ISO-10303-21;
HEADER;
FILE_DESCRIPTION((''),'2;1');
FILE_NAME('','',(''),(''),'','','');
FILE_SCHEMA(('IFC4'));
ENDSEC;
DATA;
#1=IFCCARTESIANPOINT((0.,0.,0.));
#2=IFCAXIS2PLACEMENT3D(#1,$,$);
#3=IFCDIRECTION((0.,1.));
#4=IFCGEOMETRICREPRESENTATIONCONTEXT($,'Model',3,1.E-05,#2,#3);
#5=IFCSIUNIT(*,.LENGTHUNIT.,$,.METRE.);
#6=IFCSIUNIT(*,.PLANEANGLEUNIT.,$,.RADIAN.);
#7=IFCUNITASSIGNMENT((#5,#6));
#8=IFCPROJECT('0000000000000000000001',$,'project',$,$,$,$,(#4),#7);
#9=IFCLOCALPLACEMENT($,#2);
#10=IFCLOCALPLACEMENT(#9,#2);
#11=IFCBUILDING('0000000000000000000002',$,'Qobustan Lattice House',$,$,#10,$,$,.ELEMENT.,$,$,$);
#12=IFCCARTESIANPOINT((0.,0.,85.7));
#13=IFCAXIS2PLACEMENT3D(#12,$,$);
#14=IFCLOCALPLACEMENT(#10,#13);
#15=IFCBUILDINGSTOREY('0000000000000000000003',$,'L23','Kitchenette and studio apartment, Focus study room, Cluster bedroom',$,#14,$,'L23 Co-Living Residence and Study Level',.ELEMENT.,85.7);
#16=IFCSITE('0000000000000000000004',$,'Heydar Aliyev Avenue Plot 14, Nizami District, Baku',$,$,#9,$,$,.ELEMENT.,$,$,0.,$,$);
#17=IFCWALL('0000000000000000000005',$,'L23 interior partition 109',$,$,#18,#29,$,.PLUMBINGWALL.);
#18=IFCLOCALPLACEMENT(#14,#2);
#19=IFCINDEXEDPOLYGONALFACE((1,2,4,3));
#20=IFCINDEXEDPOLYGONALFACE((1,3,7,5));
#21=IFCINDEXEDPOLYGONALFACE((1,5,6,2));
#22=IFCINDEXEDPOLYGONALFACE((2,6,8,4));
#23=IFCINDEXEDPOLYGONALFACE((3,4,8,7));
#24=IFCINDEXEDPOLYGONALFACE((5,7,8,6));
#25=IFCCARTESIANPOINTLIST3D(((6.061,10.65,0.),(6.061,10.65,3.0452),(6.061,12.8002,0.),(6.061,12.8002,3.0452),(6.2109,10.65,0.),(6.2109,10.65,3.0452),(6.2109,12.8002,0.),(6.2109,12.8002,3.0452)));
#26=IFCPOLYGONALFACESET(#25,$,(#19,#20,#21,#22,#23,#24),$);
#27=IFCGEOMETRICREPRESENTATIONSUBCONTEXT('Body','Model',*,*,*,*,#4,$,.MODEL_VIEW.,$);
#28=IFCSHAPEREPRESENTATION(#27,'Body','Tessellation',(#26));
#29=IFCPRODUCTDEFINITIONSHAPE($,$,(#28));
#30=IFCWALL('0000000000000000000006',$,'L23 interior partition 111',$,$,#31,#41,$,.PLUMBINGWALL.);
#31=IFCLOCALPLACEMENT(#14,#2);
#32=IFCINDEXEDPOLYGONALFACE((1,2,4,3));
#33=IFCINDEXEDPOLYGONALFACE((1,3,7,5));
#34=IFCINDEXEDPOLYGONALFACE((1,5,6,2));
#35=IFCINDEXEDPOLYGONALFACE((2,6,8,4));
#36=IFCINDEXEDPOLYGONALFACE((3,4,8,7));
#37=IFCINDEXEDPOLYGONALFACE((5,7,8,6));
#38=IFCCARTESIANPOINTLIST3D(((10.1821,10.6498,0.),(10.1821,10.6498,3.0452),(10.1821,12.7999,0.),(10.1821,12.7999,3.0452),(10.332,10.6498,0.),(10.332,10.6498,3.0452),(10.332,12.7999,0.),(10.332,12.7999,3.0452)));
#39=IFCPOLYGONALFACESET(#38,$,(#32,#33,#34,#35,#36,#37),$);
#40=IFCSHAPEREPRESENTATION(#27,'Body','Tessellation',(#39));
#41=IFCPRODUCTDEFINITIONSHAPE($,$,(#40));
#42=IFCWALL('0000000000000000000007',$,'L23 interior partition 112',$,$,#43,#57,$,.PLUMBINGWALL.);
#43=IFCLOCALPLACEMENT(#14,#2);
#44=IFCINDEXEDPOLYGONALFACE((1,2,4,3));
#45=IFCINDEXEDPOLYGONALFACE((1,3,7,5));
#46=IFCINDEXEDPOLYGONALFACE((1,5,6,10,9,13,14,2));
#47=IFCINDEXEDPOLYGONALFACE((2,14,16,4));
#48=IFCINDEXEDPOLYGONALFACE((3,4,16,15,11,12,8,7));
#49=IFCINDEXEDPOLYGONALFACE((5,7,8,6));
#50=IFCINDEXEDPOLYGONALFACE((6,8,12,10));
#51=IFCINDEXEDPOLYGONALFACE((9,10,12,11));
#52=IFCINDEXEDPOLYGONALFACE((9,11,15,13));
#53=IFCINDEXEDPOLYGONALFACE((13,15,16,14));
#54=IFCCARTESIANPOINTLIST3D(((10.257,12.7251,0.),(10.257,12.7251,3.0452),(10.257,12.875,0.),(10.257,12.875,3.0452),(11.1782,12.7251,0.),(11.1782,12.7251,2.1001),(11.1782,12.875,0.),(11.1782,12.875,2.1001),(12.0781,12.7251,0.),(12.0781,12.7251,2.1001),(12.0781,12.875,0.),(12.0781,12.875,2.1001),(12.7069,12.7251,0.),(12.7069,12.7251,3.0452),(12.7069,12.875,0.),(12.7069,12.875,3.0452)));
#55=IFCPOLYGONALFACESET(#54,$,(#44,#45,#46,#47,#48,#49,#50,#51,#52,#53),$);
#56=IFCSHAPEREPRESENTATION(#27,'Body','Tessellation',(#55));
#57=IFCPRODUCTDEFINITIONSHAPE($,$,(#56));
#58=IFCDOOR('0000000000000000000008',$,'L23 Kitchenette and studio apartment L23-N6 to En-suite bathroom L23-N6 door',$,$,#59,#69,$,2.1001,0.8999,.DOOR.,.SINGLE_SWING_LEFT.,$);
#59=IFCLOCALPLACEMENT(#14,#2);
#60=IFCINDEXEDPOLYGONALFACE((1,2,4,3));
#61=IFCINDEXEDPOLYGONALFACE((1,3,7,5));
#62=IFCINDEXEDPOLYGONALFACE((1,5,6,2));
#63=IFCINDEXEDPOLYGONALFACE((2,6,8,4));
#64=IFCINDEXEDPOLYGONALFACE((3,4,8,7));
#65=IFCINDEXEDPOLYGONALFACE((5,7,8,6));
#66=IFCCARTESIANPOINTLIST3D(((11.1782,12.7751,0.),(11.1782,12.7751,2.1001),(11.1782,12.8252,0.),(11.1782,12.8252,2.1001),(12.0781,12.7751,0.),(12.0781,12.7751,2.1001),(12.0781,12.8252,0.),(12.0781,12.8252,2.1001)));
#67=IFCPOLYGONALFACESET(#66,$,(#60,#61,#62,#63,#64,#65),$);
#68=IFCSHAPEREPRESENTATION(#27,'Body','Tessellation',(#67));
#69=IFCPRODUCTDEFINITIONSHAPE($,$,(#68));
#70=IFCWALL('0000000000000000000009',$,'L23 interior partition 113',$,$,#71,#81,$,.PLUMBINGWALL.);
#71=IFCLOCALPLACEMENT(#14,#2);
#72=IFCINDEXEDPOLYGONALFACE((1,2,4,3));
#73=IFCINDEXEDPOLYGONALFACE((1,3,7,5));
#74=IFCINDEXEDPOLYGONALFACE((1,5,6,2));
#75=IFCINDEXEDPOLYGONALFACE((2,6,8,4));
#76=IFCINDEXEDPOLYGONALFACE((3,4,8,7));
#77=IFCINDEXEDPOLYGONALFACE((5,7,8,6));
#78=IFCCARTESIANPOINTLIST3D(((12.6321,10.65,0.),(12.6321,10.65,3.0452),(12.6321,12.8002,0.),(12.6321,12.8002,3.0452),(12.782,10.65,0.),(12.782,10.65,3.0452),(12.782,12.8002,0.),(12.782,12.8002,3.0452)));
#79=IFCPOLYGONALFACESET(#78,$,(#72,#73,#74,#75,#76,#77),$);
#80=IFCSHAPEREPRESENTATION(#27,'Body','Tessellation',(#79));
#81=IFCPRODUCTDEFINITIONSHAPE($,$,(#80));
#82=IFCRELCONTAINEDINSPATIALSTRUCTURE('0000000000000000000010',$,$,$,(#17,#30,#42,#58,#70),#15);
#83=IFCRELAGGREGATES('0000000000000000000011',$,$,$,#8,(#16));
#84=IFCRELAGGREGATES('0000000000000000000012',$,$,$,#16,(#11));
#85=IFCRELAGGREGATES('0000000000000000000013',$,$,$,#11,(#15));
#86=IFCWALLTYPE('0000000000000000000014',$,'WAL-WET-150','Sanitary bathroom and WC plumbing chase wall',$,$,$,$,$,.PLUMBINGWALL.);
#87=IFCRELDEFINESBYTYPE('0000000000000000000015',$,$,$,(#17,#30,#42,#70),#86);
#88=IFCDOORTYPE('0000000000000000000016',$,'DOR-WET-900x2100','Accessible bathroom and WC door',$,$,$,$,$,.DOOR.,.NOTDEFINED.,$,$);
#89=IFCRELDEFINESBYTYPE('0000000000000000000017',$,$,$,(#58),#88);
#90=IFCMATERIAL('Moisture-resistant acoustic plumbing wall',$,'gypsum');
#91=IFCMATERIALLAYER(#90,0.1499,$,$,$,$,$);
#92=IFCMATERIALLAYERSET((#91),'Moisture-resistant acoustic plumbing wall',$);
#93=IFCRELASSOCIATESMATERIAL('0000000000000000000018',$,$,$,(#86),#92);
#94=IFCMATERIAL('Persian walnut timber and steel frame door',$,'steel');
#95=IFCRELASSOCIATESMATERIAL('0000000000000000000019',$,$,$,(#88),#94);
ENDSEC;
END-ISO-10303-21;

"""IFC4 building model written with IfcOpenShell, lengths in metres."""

from ifc_helpers import new_model, si_unit, direction, frame, frame_2d, origin, place, context, subcontext, project, spatial, rectangle, extrude, material, layer, layer_set, type_object, element, fill, save


model = new_model("IFC4")

# Units and contexts
model_context = context("Model", 3, precision=1e-05, world=origin(), true_north=direction((0.0, 1.0)))
body_context = subcontext(model_context, "Body", "Model", "MODEL_VIEW")
ifc_project = project(units=[si_unit("LENGTHUNIT", "METRE"), si_unit("PLANEANGLEUNIT", "RADIAN")], contexts=[model_context])

# Site, building, storey
site_placement = place(None, origin())
site = spatial("IfcSite", under=ifc_project, at=site_placement, Name="Heydar Aliyev Avenue Plot 14, Nizami District, Baku", CompositionType="ELEMENT", RefElevation=0.0)
building_placement = place(site_placement, origin())
building = spatial("IfcBuilding", under=site, at=building_placement, Name="Qobustan Lattice House", CompositionType="ELEMENT")
storey_placement = place(building_placement, frame((0.0, 0.0, 85.7)))
storey = spatial("IfcBuildingStorey", under=building, at=storey_placement, Name="L23", Description="Kitchenette and studio apartment, Focus study room, Cluster bedroom", LongName="L23 Co-Living Residence and Study Level", CompositionType="ELEMENT", Elevation=85.7)

# Shared definitions
ifc_material_1 = material(Name="Moisture-resistant acoustic plumbing wall", Category="gypsum")
ifc_layer_1 = layer(ifc_material_1, 0.1499)
ifc_layer_set_1 = layer_set([ifc_layer_1], Name="Moisture-resistant acoustic plumbing wall")
wall_type_1 = type_object("IfcWallType", Name="WAL-WET-150", Description="Sanitary bathroom and WC plumbing chase wall", PredefinedType="PLUMBINGWALL", material=ifc_layer_set_1)

# Shared definitions
ifc_material_2 = material(Name="Persian walnut timber and steel frame door", Category="steel")
door_type_1 = type_object("IfcDoorType", Name="DOR-WET-900x2100", Description="Accessible bathroom and WC door", OperationType="NOTDEFINED", PredefinedType="DOOR", material=ifc_material_2)

# Walls
for number, where, z_axis, x_axis, name in (
    (1, (6.136, 10.6499, 0.0), (0.0, 0.0, 1.0), (0.0, 1.0, 0.0), "L23 interior partition 109"),
    (2, (10.2571, 12.8, 0.0), (0.0, 0.0, 1.0), (0.0, -1.0, 0.0), "L23 interior partition 111"),
):
    element("IfcWall", number, at=place(storey_placement, frame(where, z_axis=z_axis, x_axis=x_axis)), inside=storey, type_object=wall_type_1, Name=name, PredefinedType="PLUMBINGWALL", context=body_context, shape_type="SweptSolid", body=[
        extrude(rectangle(XDim=2.1501, YDim=0.1499, at=frame_2d((1.0752, 0.0))), origin(), (0.0, 0.0, 1.0), 3.0452),
    ])

# Wall, opening, door
wall_1_placement = place(storey_placement, frame((12.707, 12.8, 0.0), z_axis=(0.0, 0.0, 1.0), x_axis=(-1.0, 0.0, 0.0)))
wall_1 = element("IfcWall", 3, at=wall_1_placement, inside=storey, type_object=wall_type_1, Name="L23 interior partition 112", PredefinedType="PLUMBINGWALL", context=body_context, shape_type="SweptSolid", body=[
    extrude(rectangle(XDim=2.45, YDim=0.1499, at=frame_2d((1.2251, 0.0))), origin(), (0.0, 0.0, 1.0), 3.0452),
])
opening_1_placement = place(wall_1_placement, frame((0.6289, 0.0, 0.0)))
opening_1 = element("IfcOpeningElement", 4, at=opening_1_placement, cuts=wall_1, PredefinedType="OPENING", context=body_context, shape_type="SweptSolid", body=[
    extrude(rectangle(XDim=0.8999, YDim=2.1001, at=frame_2d((0.45, 1.05))), frame((0.0, 0.085, 0.0), z_axis=(0.0, -1.0, 0.0), x_axis=(1.0, 0.0, 0.0)), (0.0, 0.0, 1.0), 0.1699),
])
door_1_placement = place(opening_1_placement, origin())
door_1 = element("IfcDoor", 5, at=door_1_placement, inside=storey, type_object=door_type_1, Name="L23 Kitchenette and studio apartment L23-N6 to En-suite bathroom L23-N6 door", OperationType="SINGLE_SWING_LEFT", OverallHeight=2.1001, OverallWidth=0.8999, PredefinedType="DOOR", context=body_context, shape_type="SweptSolid", body=[
    extrude(rectangle(XDim=0.8999, YDim=2.1001, at=frame_2d((0.45, 1.05))), frame((0.0, 0.0249, 0.0), z_axis=(0.0, -1.0, 0.0), x_axis=(1.0, 0.0, 0.0)), (0.0, 0.0, 1.0), 0.05),
])
fill(opening_1, door_1)

# Wall
wall_2_placement = place(storey_placement, frame((12.707, 10.6499, 0.0), z_axis=(0.0, 0.0, 1.0), x_axis=(0.0, 1.0, 0.0)))
element("IfcWall", 6, at=wall_2_placement, inside=storey, type_object=wall_type_1, Name="L23 interior partition 113", PredefinedType="PLUMBINGWALL", context=body_context, shape_type="SweptSolid", body=[
    extrude(rectangle(XDim=2.1501, YDim=0.1499, at=frame_2d((1.0752, 0.0))), origin(), (0.0, 0.0, 1.0), 3.0452),
])

save(model, "model.ifc")
